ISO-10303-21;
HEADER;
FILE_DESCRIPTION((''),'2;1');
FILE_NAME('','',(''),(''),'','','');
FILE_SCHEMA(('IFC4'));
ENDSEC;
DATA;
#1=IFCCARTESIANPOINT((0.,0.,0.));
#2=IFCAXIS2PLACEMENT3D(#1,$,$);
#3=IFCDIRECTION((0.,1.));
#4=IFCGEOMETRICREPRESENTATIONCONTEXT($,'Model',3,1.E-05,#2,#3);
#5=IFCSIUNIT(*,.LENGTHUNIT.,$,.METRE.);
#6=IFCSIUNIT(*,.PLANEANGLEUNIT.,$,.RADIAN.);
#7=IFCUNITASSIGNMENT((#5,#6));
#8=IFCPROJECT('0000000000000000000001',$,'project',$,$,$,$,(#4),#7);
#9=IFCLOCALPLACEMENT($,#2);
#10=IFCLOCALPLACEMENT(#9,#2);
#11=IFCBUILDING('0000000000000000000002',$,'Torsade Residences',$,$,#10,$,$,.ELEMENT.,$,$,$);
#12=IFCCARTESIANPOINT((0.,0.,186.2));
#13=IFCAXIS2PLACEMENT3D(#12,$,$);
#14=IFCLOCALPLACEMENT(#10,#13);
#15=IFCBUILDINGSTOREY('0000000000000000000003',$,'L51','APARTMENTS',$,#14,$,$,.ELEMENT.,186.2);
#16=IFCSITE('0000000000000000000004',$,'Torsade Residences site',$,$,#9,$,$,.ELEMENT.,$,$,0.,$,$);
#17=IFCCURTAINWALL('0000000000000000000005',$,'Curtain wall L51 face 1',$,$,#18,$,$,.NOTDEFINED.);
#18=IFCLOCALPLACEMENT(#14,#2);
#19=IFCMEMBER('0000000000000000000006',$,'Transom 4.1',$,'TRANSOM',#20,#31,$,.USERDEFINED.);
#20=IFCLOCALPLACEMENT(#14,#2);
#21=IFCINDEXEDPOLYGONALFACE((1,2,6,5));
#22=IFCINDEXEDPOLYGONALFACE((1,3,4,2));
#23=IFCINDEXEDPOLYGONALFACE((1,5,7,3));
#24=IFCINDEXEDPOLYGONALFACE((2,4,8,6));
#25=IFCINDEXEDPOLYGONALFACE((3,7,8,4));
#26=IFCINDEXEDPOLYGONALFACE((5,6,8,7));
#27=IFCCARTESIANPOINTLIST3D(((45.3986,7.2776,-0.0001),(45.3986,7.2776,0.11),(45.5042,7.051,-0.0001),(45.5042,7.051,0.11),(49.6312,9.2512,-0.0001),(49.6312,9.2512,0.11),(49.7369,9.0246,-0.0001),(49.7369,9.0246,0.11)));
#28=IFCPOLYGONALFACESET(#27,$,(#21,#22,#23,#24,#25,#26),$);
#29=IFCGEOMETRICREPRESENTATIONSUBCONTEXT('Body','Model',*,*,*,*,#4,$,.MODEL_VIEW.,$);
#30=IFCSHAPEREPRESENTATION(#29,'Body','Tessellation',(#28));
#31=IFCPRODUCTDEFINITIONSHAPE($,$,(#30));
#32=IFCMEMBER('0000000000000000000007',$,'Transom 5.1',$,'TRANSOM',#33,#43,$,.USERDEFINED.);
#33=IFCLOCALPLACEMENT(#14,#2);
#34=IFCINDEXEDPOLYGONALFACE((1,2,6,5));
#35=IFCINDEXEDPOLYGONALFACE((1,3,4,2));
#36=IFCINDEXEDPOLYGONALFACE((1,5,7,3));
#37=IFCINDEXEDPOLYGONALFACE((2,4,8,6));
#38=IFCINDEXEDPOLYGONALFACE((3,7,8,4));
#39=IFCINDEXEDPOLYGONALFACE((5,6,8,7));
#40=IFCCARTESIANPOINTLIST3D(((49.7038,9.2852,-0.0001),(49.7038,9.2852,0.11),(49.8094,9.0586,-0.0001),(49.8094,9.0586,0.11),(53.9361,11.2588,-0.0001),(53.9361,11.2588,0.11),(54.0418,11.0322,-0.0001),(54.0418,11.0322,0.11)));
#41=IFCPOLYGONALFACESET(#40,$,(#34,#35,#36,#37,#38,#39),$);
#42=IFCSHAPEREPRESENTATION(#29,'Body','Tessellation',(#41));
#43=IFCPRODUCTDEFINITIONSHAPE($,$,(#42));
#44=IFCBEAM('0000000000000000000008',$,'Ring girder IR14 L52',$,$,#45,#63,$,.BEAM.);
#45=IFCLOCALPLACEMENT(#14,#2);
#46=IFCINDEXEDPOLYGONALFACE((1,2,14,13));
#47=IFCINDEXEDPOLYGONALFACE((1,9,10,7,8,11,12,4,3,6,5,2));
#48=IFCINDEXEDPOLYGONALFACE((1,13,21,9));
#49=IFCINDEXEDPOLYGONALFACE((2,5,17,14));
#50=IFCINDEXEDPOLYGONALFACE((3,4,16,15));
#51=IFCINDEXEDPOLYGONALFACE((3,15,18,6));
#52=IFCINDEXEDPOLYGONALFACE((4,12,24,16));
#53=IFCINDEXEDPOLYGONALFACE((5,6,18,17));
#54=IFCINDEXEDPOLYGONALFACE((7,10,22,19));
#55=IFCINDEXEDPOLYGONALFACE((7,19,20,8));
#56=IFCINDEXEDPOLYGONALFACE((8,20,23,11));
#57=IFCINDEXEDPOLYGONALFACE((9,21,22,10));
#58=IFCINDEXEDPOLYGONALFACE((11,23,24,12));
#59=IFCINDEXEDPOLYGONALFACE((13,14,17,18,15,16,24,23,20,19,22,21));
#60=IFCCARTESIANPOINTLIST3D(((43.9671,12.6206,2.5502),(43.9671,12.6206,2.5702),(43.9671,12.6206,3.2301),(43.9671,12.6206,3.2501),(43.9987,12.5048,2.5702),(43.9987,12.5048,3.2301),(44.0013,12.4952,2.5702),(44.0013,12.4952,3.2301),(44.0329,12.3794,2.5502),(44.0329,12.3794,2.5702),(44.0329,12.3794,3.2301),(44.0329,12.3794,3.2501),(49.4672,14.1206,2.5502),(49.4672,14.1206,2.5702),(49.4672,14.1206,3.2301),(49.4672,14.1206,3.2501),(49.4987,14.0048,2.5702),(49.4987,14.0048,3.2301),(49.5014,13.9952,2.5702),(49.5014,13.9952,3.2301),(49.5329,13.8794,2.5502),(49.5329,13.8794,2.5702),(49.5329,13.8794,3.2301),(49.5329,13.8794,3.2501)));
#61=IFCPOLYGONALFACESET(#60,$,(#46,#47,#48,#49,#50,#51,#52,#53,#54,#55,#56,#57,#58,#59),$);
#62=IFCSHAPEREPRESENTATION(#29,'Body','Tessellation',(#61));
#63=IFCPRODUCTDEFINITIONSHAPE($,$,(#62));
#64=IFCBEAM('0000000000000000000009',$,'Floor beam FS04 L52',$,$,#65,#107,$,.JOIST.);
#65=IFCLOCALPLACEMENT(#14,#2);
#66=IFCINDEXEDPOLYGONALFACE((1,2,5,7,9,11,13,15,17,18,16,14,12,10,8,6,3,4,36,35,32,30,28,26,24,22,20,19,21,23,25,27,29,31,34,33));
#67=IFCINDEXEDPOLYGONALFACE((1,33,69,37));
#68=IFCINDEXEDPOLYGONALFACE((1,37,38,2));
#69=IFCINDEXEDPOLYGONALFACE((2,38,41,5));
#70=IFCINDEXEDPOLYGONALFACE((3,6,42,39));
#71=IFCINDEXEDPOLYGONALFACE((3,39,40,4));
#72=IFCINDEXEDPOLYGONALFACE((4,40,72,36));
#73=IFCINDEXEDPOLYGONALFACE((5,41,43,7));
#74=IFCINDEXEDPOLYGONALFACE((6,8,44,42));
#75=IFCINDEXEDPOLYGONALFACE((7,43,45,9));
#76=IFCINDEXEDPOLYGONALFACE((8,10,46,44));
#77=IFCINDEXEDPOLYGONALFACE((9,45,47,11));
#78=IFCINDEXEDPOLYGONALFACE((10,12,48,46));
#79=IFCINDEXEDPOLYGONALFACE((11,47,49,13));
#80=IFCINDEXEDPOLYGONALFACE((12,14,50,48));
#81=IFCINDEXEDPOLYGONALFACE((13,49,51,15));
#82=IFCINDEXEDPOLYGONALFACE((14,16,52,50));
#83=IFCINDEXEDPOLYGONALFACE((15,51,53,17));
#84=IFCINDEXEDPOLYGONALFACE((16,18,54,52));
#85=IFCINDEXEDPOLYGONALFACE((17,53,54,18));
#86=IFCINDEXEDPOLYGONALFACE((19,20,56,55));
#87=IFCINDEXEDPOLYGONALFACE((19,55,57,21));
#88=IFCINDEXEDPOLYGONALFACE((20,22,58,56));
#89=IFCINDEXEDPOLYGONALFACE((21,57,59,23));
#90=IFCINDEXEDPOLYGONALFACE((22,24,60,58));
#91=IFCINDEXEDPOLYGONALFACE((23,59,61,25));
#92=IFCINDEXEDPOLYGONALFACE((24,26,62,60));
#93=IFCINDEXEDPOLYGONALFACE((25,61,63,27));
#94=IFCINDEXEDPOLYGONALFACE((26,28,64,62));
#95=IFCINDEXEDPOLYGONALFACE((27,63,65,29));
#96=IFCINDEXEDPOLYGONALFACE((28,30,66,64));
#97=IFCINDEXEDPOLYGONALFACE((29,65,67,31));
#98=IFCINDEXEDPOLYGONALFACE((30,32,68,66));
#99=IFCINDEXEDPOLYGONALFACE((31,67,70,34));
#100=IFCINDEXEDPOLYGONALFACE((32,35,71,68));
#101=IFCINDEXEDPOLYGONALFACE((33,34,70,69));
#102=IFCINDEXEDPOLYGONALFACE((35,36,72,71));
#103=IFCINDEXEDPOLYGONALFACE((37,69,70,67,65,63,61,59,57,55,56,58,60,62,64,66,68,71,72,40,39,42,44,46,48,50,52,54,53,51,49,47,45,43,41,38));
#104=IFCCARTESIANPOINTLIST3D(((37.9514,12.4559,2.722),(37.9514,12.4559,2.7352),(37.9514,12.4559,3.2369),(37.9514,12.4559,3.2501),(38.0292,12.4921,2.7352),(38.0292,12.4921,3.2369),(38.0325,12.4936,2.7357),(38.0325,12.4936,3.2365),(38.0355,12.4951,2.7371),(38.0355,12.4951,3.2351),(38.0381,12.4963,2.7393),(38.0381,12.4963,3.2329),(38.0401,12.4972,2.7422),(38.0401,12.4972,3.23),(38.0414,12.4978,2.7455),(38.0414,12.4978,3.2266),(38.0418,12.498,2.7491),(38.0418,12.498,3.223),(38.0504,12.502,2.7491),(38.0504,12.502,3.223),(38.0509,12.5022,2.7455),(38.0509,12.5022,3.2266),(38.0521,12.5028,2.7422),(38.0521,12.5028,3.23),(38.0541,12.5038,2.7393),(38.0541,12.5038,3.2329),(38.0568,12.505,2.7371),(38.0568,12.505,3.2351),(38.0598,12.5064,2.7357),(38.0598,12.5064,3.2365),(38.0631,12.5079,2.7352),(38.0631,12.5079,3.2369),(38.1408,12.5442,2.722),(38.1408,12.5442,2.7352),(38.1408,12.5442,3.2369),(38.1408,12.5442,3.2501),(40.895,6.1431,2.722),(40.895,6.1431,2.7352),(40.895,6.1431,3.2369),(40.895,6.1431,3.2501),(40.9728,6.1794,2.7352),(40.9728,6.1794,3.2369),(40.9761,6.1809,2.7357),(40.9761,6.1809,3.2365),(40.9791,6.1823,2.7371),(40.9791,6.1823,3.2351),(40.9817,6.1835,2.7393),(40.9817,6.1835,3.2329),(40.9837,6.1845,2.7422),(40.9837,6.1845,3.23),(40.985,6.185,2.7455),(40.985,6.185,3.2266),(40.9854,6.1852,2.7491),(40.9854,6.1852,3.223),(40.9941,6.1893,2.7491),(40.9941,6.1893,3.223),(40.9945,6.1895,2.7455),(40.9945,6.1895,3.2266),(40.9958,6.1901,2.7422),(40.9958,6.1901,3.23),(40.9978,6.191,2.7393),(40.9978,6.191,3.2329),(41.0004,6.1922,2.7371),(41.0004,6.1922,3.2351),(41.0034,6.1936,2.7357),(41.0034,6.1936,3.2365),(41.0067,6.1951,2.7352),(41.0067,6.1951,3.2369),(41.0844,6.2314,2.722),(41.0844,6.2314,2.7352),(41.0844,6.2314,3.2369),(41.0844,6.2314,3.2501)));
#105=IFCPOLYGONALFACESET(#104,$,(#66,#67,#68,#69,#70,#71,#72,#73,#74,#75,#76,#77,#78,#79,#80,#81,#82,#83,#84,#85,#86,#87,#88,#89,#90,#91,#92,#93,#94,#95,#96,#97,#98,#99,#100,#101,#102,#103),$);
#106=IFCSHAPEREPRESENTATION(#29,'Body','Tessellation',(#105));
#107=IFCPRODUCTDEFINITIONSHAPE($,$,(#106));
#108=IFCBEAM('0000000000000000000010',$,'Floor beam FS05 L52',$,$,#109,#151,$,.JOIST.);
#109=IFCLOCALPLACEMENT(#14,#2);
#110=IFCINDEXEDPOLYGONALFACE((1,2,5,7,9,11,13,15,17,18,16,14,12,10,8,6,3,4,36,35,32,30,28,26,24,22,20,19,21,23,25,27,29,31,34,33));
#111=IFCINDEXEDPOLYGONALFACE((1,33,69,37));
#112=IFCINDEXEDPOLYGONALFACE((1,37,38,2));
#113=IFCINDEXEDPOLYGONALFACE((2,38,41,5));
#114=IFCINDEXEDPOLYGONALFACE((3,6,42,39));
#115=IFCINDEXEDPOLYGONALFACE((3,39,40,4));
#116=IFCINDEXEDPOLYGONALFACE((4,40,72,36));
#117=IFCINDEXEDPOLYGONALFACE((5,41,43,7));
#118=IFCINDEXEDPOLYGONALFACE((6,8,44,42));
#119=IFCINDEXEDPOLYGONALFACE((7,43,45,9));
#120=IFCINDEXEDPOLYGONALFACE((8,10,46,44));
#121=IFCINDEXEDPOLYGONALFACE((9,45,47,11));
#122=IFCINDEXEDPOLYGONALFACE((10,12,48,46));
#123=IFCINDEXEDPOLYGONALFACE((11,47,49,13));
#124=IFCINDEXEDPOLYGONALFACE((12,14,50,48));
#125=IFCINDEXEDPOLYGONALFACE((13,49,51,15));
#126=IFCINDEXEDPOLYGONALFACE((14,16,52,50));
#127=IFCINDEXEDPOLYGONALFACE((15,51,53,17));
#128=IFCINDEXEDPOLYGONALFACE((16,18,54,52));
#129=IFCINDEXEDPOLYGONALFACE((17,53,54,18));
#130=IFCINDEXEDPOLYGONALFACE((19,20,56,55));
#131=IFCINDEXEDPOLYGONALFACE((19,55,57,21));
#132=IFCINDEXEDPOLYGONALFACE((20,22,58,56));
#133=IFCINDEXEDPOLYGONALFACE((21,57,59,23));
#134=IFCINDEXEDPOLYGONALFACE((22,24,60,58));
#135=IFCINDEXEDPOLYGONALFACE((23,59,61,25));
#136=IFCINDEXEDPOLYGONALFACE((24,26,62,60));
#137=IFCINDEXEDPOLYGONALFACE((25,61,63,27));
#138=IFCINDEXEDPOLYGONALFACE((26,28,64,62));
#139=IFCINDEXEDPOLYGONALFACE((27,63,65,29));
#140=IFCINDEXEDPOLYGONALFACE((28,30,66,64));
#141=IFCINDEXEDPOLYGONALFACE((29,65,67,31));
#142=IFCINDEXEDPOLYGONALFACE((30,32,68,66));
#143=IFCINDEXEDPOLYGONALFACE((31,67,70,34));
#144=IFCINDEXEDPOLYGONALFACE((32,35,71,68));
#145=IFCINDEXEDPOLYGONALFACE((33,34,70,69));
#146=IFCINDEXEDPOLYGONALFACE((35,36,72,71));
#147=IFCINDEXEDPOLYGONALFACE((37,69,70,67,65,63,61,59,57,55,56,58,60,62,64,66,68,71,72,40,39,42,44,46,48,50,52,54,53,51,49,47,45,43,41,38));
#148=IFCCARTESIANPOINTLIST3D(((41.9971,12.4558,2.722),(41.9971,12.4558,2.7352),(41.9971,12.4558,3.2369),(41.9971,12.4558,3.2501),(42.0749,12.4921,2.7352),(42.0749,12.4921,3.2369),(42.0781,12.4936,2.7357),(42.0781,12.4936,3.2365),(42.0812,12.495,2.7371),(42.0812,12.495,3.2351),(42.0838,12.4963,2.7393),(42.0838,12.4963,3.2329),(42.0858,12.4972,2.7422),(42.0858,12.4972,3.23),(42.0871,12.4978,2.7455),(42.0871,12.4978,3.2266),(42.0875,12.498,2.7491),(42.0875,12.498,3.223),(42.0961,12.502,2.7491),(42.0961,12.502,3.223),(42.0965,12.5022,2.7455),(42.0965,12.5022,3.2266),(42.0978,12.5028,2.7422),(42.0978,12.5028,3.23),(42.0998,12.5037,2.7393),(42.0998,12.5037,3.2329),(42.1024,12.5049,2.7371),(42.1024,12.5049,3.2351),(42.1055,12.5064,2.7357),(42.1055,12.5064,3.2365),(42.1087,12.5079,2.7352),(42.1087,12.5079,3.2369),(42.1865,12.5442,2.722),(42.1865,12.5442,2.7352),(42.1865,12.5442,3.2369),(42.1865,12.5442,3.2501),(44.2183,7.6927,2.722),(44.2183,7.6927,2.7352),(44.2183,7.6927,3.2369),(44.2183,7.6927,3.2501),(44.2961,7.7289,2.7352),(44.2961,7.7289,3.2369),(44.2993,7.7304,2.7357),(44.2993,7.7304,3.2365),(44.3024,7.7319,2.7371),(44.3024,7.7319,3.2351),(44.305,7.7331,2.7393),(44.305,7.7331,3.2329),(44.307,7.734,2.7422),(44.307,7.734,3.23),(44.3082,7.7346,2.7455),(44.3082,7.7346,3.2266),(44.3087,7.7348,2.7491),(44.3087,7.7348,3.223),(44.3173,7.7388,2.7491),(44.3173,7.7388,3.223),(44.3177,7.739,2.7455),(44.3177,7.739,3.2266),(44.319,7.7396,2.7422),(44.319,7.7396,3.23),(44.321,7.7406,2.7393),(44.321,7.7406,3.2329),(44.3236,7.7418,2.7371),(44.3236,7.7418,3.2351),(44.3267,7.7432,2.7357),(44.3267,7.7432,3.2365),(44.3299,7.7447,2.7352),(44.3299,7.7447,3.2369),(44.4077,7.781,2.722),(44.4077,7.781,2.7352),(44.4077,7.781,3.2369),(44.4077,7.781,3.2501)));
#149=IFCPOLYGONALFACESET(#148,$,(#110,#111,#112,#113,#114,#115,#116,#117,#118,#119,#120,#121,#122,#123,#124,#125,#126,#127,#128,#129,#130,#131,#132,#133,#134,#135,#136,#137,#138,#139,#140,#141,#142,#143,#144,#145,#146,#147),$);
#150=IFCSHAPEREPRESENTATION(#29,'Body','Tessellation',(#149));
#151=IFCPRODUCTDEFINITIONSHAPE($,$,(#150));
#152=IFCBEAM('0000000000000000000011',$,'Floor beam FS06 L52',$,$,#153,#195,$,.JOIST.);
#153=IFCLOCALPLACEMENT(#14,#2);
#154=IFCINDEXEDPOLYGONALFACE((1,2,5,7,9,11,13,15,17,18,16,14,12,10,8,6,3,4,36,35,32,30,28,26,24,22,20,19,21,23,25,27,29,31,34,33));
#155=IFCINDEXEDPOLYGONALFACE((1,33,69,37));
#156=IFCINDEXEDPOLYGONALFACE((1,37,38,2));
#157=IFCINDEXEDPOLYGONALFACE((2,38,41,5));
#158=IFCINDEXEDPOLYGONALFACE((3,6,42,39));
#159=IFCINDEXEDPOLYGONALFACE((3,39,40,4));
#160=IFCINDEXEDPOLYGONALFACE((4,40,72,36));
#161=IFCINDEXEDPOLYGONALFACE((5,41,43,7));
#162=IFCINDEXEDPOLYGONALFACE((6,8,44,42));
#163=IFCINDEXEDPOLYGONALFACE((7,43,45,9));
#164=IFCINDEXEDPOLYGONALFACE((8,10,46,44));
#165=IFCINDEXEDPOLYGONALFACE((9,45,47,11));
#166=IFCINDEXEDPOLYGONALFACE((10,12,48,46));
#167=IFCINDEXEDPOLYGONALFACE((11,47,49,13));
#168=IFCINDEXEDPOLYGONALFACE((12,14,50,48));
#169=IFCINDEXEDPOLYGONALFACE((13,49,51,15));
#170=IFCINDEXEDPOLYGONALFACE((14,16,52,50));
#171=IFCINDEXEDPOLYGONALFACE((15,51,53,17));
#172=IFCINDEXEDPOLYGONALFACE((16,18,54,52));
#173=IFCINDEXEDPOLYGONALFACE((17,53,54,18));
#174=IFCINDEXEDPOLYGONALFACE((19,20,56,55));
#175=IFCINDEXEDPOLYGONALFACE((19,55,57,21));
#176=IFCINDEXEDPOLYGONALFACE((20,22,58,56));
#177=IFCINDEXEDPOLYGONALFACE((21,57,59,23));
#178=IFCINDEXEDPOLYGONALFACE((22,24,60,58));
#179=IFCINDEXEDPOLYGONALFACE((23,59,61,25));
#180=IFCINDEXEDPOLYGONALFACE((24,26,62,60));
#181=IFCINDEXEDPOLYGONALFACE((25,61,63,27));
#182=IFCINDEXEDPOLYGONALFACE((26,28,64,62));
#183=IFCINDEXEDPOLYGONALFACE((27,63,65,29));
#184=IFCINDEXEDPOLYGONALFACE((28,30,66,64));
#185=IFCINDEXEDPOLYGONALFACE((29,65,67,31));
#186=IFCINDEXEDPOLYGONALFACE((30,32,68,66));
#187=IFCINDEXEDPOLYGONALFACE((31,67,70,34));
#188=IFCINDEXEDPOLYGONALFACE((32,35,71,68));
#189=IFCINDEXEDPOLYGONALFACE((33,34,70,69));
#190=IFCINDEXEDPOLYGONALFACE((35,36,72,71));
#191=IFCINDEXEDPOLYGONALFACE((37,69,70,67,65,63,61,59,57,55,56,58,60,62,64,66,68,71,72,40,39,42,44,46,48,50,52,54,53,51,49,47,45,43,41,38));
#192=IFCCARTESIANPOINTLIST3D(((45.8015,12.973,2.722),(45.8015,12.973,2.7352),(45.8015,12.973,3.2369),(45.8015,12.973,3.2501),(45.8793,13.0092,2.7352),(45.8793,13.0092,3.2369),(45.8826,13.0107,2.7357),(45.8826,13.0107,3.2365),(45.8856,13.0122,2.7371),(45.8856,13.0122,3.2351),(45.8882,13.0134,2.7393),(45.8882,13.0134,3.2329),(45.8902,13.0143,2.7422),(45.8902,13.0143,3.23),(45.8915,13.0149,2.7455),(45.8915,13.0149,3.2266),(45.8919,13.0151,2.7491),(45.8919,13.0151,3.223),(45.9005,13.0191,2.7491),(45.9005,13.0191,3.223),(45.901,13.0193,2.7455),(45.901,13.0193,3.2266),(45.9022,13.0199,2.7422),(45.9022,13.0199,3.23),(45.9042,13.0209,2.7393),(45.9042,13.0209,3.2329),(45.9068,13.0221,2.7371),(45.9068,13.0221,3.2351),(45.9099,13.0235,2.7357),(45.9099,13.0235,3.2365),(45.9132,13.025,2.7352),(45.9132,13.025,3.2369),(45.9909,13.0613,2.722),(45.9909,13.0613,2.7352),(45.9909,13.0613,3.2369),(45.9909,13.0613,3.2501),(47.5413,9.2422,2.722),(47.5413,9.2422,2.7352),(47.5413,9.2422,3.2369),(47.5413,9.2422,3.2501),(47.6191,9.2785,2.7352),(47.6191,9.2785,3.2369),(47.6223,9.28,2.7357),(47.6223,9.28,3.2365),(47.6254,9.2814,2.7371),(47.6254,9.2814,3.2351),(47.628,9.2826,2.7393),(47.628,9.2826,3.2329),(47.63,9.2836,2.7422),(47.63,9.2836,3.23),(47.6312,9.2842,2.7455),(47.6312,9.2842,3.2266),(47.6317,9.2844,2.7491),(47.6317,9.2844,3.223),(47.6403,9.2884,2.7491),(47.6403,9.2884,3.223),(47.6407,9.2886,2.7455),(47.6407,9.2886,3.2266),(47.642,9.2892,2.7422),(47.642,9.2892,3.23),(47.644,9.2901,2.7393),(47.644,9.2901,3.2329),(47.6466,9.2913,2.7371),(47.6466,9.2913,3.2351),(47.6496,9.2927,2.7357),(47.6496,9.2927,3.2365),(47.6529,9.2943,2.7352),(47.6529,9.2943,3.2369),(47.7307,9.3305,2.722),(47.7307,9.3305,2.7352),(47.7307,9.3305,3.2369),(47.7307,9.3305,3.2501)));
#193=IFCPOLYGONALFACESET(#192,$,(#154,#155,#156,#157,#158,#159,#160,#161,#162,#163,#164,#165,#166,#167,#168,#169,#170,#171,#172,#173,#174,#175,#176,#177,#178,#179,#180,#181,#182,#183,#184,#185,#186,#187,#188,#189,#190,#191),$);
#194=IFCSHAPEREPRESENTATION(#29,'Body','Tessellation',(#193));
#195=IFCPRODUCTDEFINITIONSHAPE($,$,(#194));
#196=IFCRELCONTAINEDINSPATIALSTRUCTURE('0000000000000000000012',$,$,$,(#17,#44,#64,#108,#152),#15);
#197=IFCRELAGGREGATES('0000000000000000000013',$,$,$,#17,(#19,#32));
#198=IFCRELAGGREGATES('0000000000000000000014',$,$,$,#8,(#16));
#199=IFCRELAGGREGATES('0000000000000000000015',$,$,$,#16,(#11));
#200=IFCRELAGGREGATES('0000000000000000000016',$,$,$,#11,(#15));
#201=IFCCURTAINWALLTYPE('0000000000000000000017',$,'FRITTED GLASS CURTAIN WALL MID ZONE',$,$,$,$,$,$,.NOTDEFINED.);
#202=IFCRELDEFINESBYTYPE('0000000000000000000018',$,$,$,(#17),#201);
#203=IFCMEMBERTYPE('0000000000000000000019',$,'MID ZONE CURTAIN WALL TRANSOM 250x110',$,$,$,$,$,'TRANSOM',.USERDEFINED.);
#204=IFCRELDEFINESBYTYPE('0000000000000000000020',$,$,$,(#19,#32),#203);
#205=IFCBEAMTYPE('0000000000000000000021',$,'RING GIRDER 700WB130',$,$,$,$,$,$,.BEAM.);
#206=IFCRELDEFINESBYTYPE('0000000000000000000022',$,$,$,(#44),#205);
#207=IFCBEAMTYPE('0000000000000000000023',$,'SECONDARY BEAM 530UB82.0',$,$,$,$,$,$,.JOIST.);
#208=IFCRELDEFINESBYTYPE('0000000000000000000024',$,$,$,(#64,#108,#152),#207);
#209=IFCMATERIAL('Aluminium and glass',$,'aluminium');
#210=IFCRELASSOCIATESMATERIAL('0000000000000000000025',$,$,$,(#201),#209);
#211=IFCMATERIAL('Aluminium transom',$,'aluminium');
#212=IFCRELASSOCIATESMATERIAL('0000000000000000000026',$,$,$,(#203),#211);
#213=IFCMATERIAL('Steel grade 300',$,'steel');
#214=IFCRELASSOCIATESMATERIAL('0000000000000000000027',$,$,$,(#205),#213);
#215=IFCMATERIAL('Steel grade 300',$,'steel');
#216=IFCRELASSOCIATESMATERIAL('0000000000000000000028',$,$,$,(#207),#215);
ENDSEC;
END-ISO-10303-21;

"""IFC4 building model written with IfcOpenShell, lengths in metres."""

from ifc_helpers import new_model, si_unit, direction, frame, origin, origin_2d, place, context, subcontext, project, spatial, rectangle, i_section, extrude, material, material_profile, profile_set, type_object, element, aggregate, save


model = new_model("IFC4")

# Units and contexts
model_context = context("Model", 3, precision=1e-05, world=origin(), true_north=direction((0.0, 1.0)))
body_context = subcontext(model_context, "Body", "Model", "MODEL_VIEW")
ifc_project = project(units=[si_unit("LENGTHUNIT", "METRE"), si_unit("PLANEANGLEUNIT", "RADIAN")], contexts=[model_context])

# Site, building, storey
site_placement = place(None, origin())
site = spatial("IfcSite", under=ifc_project, at=site_placement, Name="Torsade Residences site", CompositionType="ELEMENT", RefElevation=0.0)
building_placement = place(site_placement, origin())
building = spatial("IfcBuilding", under=site, at=building_placement, Name="Torsade Residences", CompositionType="ELEMENT")
storey_placement = place(building_placement, frame((0.0, 0.0, 186.2)))
storey = spatial("IfcBuildingStorey", under=building, at=storey_placement, Name="L51", Description="APARTMENTS", CompositionType="ELEMENT", Elevation=186.2)

# Curtain wall, members
ifc_material_1 = material(Name="Aluminium and glass", Category="aluminium")
curtain_wall_type = type_object("IfcCurtainWallType", Name="FRITTED GLASS CURTAIN WALL MID ZONE", PredefinedType="NOTDEFINED", material=ifc_material_1)
curtain_wall_placement = place(storey_placement, origin())
curtain_wall = element("IfcCurtainWall", 1, at=curtain_wall_placement, inside=storey, type_object=curtain_wall_type, Name="Curtain wall L51 face 1", PredefinedType="NOTDEFINED")
ifc_material_2 = material(Name="Aluminium transom", Category="aluminium")
ifc_material_profile_1 = material_profile(ifc_material_2, rectangle(XDim=0.25, YDim=0.1101, at=origin_2d()), Name="MID ZONE CURTAIN WALL TRANSOM 250x110")
ifc_profile_set_1 = profile_set([ifc_material_profile_1], Name="Aluminium transom")
member_type_1 = type_object("IfcMemberType", Name="MID ZONE CURTAIN WALL TRANSOM 250x110", ElementType="TRANSOM", PredefinedType="USERDEFINED", material=ifc_profile_set_1)
member_1_placement = place(storey_placement, frame((45.4514, 7.1643, 0.0549), z_axis=(0.906315, 0.422602, 0.0), x_axis=(-0.422602, 0.906315, 0.0)))
member_1 = element("IfcMember", 2, at=member_1_placement, type_object=member_type_1, Name="Transom 4.1", ObjectType="TRANSOM", PredefinedType="USERDEFINED", context=body_context, shape_type="SweptSolid", body=[
    extrude(rectangle(XDim=0.25, YDim=0.1101, at=origin_2d()), origin(), (0.0, 0.0, 1.0), 4.6702),
])
member_2_placement = place(storey_placement, frame((49.7566, 9.1719, 0.0549), z_axis=(0.906306, 0.422622, 0.0), x_axis=(-0.422622, 0.906306, 0.0)))
member_2 = element("IfcMember", 3, at=member_2_placement, type_object=member_type_1, Name="Transom 5.1", ObjectType="TRANSOM", PredefinedType="USERDEFINED", context=body_context, shape_type="SweptSolid", body=[
    extrude(rectangle(XDim=0.25, YDim=0.1101, at=origin_2d()), origin(), (0.0, 0.0, 1.0), 4.6699),
])

# Beams
ifc_material_3 = material(Name="Steel grade 300", Category="steel")
ifc_material_profile_2 = material_profile(ifc_material_3, i_section(OverallWidth=0.25, OverallDepth=0.7, WebThickness=0.01, FlangeThickness=0.02, at=origin_2d()), Name="700WB130")
ifc_profile_set_2 = profile_set([ifc_material_profile_2], Name="Steel grade 300")
beam_type_1 = type_object("IfcBeamType", Name="RING GIRDER 700WB130", PredefinedType="BEAM", material=ifc_profile_set_2)
beam_1_placement = place(storey_placement, frame((44.0, 12.5, 2.9001), z_axis=(0.964764, 0.263117, 0.0), x_axis=(-0.263117, 0.964764, 0.0)))
element("IfcBeam", 4, at=beam_1_placement, inside=storey, type_object=beam_type_1, Name="Ring girder IR14 L52", PredefinedType="BEAM", context=body_context, shape_type="SweptSolid", body=[
    extrude(i_section(OverallWidth=0.25, OverallDepth=0.7, WebThickness=0.01, FlangeThickness=0.02, at=origin_2d()), origin(), (0.0, 0.0, 1.0), 5.7009),
])
ifc_material_4 = material(Name="Steel grade 300", Category="steel")
ifc_material_profile_3 = material_profile(ifc_material_4, i_section(OverallWidth=0.209, OverallDepth=0.5281, WebThickness=0.0095, FlangeThickness=0.0132, FilletRadius=0.0139, at=origin_2d()), Name="530UB82.0")
ifc_profile_set_3 = profile_set([ifc_material_profile_3], Name="Steel grade 300")
beam_type_2 = type_object("IfcBeamType", Name="SECONDARY BEAM 530UB82.0", PredefinedType="JOIST", material=ifc_profile_set_3)
beam_2_placement = place(storey_placement, frame((40.9897, 6.1873, 2.9861), z_axis=(-0.422609, 0.906312, 0.0), x_axis=(-0.906312, -0.422609, 0.0)))
element("IfcBeam", 5, at=beam_2_placement, inside=storey, type_object=beam_type_2, Name="Floor beam FS04 L52", PredefinedType="JOIST", context=body_context, shape_type="SweptSolid", body=[
    extrude(i_section(OverallWidth=0.209, OverallDepth=0.5281, WebThickness=0.0095, FlangeThickness=0.0132, FilletRadius=0.0139, at=origin_2d()), origin(), (0.0, 0.0, 1.0), 6.9653),
])
beam_3_placement = place(storey_placement, frame((44.313, 7.7368, 2.9861), z_axis=(-0.422631, 0.906302, 0.0), x_axis=(-0.906302, -0.422631, 0.0)))
element("IfcBeam", 6, at=beam_3_placement, inside=storey, type_object=beam_type_2, Name="Floor beam FS05 L52", PredefinedType="JOIST", context=body_context, shape_type="SweptSolid", body=[
    extrude(i_section(OverallWidth=0.209, OverallDepth=0.5281, WebThickness=0.0095, FlangeThickness=0.0132, FilletRadius=0.0139, at=origin_2d()), origin(), (0.0, 0.0, 1.0), 5.2556),
])
beam_4_placement = place(storey_placement, frame((47.636, 9.2864, 2.9861), z_axis=(-0.422635, 0.9063, 0.0), x_axis=(-0.9063, -0.422635, 0.0)))
element("IfcBeam", 7, at=beam_4_placement, inside=storey, type_object=beam_type_2, Name="Floor beam FS06 L52", PredefinedType="JOIST", context=body_context, shape_type="SweptSolid", body=[
    extrude(i_section(OverallWidth=0.209, OverallDepth=0.5281, WebThickness=0.0095, FlangeThickness=0.0132, FilletRadius=0.0139, at=origin_2d()), origin(), (0.0, 0.0, 1.0), 4.1165),
])

aggregate(curtain_wall, [member_1, member_2])

save(model, "model.ifc")
